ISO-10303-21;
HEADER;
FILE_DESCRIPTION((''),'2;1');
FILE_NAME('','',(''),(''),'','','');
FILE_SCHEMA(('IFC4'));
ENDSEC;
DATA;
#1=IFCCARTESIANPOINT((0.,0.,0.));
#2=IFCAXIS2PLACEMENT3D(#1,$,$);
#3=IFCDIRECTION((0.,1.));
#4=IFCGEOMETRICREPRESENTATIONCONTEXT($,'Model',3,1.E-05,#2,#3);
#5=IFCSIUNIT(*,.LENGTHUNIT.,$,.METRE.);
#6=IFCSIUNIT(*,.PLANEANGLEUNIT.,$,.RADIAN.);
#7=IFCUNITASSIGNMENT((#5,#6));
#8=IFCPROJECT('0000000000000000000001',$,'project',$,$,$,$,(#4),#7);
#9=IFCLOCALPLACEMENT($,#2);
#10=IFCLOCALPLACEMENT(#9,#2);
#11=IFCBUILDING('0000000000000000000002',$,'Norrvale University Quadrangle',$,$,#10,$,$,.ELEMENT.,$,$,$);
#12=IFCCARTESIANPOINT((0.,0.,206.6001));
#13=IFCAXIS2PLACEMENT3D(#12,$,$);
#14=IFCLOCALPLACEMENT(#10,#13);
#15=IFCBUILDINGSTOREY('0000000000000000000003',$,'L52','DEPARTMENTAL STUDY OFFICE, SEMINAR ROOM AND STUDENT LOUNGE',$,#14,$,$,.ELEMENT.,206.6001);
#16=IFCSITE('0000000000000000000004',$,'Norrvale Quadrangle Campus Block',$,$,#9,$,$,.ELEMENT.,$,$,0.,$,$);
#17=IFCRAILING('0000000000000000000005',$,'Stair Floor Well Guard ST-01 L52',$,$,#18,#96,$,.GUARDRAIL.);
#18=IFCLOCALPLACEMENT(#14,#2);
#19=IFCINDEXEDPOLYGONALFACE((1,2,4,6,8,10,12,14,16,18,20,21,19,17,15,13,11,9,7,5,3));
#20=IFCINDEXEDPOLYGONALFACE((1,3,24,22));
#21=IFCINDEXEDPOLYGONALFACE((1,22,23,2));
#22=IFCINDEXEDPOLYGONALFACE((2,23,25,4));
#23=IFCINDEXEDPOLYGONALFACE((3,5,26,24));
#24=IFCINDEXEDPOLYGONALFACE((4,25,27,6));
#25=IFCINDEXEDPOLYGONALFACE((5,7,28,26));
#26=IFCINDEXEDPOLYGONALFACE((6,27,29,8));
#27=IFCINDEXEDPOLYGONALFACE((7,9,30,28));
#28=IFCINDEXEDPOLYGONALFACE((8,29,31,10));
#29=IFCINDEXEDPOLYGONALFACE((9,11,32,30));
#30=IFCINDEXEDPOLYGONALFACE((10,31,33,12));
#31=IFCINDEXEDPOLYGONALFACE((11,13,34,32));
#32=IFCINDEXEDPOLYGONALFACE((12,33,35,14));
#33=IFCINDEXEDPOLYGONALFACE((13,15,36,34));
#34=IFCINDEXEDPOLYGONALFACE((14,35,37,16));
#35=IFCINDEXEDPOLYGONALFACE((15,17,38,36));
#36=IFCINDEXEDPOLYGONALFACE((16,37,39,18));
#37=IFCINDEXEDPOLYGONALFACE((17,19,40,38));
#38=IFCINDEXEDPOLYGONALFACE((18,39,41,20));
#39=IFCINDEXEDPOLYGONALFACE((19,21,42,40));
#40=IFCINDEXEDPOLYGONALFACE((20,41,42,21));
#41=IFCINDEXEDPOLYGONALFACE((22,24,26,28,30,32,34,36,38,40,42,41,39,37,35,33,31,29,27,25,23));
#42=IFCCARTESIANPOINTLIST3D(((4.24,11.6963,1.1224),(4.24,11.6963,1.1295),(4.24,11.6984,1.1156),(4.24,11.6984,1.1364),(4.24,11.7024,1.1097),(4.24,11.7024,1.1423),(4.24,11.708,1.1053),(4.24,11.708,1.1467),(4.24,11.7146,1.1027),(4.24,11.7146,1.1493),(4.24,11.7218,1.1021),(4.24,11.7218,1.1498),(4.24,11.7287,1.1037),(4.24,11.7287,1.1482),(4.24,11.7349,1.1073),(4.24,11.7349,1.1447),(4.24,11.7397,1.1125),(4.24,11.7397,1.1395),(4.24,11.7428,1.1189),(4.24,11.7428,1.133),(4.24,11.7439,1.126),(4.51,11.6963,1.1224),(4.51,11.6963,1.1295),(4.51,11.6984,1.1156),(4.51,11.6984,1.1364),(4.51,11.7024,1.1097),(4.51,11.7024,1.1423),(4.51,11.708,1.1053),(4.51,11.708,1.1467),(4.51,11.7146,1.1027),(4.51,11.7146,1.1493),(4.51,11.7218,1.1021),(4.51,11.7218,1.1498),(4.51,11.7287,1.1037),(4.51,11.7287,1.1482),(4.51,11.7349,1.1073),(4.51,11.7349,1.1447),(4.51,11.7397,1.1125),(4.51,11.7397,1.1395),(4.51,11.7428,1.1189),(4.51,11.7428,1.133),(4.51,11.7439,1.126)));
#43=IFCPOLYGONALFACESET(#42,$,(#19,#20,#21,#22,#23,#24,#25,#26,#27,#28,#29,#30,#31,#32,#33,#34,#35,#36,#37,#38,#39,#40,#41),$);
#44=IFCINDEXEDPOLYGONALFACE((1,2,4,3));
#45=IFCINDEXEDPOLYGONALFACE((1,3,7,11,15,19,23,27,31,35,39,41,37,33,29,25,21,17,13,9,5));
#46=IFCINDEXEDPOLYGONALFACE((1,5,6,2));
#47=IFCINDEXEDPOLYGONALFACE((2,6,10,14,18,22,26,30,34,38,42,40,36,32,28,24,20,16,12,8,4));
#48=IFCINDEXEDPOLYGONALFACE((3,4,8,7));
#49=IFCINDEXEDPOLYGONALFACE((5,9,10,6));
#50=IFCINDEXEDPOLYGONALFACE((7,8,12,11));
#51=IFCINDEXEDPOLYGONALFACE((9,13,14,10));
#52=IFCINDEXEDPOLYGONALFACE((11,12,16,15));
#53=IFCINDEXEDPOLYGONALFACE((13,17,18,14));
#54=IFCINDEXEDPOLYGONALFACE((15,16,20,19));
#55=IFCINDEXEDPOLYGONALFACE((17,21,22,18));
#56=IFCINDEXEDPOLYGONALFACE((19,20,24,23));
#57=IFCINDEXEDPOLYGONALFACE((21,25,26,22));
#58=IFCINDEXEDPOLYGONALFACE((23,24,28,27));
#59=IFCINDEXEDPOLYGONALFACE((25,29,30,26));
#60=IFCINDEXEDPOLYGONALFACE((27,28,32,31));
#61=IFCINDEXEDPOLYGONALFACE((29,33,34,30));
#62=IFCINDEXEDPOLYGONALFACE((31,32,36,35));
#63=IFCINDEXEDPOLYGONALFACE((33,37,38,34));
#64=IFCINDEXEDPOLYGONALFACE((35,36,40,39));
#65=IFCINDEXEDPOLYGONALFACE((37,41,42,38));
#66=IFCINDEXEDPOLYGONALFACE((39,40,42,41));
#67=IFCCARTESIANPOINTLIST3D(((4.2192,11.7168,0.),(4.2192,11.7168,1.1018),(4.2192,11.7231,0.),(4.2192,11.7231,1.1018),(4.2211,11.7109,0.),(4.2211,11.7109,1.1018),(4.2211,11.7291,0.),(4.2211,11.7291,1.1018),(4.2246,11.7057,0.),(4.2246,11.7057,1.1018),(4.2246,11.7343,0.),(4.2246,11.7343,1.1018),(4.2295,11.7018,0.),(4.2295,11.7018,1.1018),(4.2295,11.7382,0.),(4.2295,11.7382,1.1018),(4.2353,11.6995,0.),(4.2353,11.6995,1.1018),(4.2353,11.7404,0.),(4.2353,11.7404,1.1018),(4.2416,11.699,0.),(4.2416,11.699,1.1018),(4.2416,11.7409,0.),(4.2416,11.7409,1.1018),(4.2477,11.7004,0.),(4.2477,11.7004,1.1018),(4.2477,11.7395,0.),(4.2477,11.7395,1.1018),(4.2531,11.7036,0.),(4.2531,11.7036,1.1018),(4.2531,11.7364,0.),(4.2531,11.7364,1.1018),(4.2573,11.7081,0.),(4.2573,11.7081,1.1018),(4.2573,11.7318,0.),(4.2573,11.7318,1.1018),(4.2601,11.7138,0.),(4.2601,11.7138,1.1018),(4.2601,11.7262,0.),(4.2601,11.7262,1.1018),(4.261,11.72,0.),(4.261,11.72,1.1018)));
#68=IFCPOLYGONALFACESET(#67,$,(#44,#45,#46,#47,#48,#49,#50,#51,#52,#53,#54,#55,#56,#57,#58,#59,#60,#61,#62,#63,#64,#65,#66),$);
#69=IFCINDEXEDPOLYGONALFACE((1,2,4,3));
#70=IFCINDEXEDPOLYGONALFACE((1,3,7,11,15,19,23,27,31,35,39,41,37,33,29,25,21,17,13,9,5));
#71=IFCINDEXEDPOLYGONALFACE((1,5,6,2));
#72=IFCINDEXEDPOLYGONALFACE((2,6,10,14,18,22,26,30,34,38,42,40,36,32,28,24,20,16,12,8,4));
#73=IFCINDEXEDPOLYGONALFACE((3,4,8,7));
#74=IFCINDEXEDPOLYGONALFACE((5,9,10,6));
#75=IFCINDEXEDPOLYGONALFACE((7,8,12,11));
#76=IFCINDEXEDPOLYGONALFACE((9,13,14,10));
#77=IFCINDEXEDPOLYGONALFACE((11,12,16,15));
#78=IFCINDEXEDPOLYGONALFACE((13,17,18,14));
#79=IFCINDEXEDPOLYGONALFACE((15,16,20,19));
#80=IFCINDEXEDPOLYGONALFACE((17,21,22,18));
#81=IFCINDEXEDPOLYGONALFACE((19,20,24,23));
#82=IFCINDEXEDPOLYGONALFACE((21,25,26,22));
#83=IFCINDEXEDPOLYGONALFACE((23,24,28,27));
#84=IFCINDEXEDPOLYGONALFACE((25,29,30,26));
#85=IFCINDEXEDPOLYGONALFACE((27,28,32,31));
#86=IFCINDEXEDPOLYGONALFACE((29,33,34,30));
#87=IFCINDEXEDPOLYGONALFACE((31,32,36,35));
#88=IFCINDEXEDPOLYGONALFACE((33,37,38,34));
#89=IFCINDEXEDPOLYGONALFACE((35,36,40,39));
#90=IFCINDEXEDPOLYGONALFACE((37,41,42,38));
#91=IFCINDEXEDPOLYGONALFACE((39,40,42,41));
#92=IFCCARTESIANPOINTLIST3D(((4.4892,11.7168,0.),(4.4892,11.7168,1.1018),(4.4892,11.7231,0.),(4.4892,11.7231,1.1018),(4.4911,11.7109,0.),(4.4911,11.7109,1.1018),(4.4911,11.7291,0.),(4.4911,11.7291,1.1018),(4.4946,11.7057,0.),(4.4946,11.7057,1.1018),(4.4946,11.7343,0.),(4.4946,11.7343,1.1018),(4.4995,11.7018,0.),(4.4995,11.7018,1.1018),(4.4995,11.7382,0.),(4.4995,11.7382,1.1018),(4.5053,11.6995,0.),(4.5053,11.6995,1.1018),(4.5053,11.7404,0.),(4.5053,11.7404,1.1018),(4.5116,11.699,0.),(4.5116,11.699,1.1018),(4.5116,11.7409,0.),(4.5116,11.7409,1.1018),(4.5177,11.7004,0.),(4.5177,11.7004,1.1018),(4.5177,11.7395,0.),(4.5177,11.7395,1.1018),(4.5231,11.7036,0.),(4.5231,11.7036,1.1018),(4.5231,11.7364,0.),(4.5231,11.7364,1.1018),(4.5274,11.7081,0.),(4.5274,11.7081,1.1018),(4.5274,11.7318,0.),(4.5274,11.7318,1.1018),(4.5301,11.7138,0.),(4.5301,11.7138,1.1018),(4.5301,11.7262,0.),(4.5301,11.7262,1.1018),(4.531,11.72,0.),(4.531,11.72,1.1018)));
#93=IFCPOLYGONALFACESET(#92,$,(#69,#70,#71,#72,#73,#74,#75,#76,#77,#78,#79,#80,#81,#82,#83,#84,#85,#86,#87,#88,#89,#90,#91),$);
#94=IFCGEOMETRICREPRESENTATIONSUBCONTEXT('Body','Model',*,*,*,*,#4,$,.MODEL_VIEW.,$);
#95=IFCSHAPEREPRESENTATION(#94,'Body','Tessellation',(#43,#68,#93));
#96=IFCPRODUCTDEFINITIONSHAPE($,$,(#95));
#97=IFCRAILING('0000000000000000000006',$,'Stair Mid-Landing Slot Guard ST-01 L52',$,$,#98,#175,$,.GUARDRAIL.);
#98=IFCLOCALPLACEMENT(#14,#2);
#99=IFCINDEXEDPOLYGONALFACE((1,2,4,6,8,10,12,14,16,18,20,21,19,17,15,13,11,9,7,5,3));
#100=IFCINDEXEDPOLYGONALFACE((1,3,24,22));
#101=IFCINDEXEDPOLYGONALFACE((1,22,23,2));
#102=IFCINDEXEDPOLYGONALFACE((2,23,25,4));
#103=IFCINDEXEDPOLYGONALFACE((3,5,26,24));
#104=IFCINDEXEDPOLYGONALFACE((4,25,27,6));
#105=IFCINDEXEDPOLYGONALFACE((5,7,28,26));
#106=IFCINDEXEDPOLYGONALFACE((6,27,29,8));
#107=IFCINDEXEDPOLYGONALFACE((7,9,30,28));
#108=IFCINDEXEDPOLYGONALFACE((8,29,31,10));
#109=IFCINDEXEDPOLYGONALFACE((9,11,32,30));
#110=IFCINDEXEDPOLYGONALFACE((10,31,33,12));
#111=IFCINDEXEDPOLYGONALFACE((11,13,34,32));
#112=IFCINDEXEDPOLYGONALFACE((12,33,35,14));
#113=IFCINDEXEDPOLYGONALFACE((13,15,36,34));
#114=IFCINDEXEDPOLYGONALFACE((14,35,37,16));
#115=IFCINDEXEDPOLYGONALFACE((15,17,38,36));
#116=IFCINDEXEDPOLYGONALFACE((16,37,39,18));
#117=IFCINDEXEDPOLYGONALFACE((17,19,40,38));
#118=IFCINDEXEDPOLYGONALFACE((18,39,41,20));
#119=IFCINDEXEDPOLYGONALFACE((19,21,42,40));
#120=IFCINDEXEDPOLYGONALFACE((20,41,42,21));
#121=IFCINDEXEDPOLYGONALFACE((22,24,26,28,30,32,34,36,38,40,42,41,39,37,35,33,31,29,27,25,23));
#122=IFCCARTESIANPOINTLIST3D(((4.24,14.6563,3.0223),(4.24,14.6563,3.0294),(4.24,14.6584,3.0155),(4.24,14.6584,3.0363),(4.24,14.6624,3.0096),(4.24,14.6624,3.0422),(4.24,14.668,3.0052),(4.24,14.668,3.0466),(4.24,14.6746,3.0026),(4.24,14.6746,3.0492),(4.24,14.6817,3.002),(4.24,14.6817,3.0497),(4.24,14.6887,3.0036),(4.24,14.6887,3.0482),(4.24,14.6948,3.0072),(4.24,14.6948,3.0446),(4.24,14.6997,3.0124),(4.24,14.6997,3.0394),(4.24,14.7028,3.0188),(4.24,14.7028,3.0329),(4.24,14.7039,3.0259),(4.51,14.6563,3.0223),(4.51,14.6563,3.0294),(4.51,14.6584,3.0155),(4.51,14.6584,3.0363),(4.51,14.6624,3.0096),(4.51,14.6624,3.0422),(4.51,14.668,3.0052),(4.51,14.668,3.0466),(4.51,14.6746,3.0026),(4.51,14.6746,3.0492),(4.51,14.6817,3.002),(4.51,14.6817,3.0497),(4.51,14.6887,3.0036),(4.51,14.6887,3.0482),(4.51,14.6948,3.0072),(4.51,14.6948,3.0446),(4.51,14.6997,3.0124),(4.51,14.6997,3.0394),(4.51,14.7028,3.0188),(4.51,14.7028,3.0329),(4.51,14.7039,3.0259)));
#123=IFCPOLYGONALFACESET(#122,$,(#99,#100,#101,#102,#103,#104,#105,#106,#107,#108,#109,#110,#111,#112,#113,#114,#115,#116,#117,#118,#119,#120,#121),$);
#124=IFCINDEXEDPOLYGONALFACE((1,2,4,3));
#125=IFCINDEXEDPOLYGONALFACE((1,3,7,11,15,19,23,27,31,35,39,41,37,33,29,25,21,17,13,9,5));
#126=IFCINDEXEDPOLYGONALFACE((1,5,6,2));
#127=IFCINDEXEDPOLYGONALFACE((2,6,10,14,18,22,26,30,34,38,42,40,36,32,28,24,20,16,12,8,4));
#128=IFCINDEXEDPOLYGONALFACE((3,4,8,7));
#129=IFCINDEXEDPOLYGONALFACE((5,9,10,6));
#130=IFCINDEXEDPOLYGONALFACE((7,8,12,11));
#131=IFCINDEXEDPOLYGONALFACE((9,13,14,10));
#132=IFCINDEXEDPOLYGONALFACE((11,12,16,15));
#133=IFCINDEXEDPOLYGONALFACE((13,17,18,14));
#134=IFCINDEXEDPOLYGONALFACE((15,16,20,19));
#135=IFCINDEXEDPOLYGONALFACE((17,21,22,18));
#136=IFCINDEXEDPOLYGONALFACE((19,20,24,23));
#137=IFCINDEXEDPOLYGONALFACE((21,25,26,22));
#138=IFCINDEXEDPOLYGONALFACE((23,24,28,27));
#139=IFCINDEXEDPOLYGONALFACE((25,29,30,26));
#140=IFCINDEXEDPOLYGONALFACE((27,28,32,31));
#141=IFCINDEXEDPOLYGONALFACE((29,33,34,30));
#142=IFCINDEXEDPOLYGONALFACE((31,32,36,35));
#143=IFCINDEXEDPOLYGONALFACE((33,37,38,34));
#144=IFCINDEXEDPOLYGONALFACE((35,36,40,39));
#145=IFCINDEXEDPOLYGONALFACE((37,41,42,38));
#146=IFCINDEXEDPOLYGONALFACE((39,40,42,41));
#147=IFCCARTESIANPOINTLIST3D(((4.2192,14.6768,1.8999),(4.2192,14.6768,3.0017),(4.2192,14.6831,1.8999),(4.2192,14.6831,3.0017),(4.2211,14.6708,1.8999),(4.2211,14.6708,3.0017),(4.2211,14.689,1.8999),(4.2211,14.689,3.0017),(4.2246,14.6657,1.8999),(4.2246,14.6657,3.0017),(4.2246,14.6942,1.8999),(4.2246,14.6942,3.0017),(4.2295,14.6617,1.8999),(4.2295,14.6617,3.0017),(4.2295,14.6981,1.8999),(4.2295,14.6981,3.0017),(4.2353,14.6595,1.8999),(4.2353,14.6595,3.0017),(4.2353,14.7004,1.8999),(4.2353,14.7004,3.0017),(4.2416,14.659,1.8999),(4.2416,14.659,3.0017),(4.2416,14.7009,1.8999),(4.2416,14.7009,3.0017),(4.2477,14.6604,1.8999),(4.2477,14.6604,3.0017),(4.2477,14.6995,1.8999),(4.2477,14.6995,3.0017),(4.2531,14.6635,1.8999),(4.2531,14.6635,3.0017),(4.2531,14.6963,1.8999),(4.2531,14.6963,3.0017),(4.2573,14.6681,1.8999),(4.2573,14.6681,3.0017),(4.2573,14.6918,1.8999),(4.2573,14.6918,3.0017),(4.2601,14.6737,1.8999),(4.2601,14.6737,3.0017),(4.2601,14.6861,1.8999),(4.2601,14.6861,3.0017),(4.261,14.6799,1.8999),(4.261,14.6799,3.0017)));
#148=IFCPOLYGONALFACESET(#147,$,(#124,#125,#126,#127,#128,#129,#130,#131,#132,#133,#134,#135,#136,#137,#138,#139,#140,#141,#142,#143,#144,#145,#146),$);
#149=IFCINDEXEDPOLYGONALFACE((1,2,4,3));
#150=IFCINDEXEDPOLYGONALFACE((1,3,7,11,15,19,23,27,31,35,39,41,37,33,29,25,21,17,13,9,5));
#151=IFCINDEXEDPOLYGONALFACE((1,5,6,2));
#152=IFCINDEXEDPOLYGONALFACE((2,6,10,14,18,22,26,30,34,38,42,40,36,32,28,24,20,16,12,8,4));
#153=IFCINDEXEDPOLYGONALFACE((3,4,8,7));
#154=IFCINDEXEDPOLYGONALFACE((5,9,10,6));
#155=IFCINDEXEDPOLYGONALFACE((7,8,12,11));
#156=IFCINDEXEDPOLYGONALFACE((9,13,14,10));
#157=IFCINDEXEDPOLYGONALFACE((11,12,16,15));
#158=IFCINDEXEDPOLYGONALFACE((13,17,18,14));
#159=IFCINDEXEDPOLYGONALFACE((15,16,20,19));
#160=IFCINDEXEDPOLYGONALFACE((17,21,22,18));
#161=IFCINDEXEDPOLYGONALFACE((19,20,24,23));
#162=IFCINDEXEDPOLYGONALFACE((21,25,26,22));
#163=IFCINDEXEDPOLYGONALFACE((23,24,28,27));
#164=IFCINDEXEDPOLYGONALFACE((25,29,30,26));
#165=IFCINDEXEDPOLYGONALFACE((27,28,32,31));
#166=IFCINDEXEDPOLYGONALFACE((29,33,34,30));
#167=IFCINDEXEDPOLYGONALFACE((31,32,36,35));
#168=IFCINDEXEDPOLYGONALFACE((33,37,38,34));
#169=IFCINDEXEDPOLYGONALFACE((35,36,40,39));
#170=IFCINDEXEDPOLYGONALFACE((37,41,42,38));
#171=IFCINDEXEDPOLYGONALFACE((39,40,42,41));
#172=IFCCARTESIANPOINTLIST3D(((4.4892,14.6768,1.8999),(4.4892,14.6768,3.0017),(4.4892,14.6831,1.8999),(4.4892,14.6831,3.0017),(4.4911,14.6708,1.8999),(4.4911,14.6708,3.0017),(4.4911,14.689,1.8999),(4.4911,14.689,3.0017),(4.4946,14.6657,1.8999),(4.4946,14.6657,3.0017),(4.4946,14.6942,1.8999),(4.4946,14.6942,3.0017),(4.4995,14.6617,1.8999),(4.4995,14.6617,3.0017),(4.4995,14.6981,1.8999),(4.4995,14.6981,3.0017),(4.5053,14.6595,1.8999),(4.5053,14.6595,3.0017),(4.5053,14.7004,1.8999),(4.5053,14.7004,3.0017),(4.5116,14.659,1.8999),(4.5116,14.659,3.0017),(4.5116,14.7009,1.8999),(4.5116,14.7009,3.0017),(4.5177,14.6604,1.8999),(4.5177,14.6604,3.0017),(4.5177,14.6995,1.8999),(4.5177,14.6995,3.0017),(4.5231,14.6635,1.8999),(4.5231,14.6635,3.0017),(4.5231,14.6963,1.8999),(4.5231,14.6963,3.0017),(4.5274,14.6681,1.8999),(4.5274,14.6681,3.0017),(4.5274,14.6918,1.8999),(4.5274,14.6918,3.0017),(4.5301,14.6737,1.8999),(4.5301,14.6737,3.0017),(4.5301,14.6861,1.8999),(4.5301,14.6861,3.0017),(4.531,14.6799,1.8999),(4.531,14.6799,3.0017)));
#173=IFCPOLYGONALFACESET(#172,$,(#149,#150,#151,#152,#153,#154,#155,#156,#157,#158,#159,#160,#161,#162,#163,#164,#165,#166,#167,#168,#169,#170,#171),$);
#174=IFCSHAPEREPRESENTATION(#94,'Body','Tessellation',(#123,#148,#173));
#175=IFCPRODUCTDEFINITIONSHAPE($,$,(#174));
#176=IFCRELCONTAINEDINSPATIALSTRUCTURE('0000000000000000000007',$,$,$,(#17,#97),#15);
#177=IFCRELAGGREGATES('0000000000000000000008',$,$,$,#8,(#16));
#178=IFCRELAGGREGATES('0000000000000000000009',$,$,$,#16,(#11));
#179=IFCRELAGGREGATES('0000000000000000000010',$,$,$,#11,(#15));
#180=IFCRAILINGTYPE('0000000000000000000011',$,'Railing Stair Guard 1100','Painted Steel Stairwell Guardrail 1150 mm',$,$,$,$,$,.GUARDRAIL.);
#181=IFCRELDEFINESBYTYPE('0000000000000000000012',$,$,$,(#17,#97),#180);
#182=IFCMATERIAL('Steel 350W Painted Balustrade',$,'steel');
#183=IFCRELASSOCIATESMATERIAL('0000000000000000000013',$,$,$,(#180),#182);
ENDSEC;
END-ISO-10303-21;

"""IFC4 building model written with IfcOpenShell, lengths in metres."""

from ifc_helpers import new_model, si_unit, direction, frame, origin, origin_2d, place, context, subcontext, project, spatial, circle, extrude, material, type_object, element, save


model = new_model("IFC4")

# Units and contexts
model_context = context("Model", 3, precision=1e-05, world=origin(), true_north=direction((0.0, 1.0)))
body_context = subcontext(model_context, "Body", "Model", "MODEL_VIEW")
ifc_project = project(units=[si_unit("LENGTHUNIT", "METRE"), si_unit("PLANEANGLEUNIT", "RADIAN")], contexts=[model_context])

# Site, building, storey
site_placement = place(None, origin())
site = spatial("IfcSite", under=ifc_project, at=site_placement, Name="Norrvale Quadrangle Campus Block", CompositionType="ELEMENT", RefElevation=0.0)
building_placement = place(site_placement, origin())
building = spatial("IfcBuilding", under=site, at=building_placement, Name="Norrvale University Quadrangle", CompositionType="ELEMENT")
storey_placement = place(building_placement, frame((0.0, 0.0, 206.6001)))
storey = spatial("IfcBuildingStorey", under=building, at=storey_placement, Name="L52", Description="DEPARTMENTAL STUDY OFFICE, SEMINAR ROOM AND STUDENT LOUNGE", CompositionType="ELEMENT", Elevation=206.6001)

# Railings
ifc_material_1 = material(Name="Steel 350W Painted Balustrade", Category="steel")
railing_type_1 = type_object("IfcRailingType", Name="Railing Stair Guard 1100", Description="Painted Steel Stairwell Guardrail 1150 mm", PredefinedType="GUARDRAIL", material=ifc_material_1)
for number, where, name in (
    (1, (4.24, 11.72, 0.0), "Stair Floor Well Guard ST-01 L52"),
    (2, (4.24, 14.6799, 1.8999), "Stair Mid-Landing Slot Guard ST-01 L52"),
):
    element("IfcRailing", number, at=place(storey_placement, frame(where)), inside=storey, type_object=railing_type_1, Name=name, PredefinedType="GUARDRAIL", context=body_context, shape_type="SweptSolid", body=[
        extrude(circle(Radius=0.0239, at=origin_2d()), frame((0.0, 0.0, 1.126), z_axis=(1.0, 0.0, 0.0), x_axis=(0.0, 1.0, 0.0)), (0.0, 0.0, 1.0), 0.27),
        extrude(circle(Radius=0.021, at=origin_2d()), origin(), (0.0, 0.0, 1.0), 1.1018),
        extrude(circle(Radius=0.021, at=origin_2d()), frame((0.27, 0.0, 0.0)), (0.0, 0.0, 1.0), 1.1018),
    ])

save(model, "model.ifc")
